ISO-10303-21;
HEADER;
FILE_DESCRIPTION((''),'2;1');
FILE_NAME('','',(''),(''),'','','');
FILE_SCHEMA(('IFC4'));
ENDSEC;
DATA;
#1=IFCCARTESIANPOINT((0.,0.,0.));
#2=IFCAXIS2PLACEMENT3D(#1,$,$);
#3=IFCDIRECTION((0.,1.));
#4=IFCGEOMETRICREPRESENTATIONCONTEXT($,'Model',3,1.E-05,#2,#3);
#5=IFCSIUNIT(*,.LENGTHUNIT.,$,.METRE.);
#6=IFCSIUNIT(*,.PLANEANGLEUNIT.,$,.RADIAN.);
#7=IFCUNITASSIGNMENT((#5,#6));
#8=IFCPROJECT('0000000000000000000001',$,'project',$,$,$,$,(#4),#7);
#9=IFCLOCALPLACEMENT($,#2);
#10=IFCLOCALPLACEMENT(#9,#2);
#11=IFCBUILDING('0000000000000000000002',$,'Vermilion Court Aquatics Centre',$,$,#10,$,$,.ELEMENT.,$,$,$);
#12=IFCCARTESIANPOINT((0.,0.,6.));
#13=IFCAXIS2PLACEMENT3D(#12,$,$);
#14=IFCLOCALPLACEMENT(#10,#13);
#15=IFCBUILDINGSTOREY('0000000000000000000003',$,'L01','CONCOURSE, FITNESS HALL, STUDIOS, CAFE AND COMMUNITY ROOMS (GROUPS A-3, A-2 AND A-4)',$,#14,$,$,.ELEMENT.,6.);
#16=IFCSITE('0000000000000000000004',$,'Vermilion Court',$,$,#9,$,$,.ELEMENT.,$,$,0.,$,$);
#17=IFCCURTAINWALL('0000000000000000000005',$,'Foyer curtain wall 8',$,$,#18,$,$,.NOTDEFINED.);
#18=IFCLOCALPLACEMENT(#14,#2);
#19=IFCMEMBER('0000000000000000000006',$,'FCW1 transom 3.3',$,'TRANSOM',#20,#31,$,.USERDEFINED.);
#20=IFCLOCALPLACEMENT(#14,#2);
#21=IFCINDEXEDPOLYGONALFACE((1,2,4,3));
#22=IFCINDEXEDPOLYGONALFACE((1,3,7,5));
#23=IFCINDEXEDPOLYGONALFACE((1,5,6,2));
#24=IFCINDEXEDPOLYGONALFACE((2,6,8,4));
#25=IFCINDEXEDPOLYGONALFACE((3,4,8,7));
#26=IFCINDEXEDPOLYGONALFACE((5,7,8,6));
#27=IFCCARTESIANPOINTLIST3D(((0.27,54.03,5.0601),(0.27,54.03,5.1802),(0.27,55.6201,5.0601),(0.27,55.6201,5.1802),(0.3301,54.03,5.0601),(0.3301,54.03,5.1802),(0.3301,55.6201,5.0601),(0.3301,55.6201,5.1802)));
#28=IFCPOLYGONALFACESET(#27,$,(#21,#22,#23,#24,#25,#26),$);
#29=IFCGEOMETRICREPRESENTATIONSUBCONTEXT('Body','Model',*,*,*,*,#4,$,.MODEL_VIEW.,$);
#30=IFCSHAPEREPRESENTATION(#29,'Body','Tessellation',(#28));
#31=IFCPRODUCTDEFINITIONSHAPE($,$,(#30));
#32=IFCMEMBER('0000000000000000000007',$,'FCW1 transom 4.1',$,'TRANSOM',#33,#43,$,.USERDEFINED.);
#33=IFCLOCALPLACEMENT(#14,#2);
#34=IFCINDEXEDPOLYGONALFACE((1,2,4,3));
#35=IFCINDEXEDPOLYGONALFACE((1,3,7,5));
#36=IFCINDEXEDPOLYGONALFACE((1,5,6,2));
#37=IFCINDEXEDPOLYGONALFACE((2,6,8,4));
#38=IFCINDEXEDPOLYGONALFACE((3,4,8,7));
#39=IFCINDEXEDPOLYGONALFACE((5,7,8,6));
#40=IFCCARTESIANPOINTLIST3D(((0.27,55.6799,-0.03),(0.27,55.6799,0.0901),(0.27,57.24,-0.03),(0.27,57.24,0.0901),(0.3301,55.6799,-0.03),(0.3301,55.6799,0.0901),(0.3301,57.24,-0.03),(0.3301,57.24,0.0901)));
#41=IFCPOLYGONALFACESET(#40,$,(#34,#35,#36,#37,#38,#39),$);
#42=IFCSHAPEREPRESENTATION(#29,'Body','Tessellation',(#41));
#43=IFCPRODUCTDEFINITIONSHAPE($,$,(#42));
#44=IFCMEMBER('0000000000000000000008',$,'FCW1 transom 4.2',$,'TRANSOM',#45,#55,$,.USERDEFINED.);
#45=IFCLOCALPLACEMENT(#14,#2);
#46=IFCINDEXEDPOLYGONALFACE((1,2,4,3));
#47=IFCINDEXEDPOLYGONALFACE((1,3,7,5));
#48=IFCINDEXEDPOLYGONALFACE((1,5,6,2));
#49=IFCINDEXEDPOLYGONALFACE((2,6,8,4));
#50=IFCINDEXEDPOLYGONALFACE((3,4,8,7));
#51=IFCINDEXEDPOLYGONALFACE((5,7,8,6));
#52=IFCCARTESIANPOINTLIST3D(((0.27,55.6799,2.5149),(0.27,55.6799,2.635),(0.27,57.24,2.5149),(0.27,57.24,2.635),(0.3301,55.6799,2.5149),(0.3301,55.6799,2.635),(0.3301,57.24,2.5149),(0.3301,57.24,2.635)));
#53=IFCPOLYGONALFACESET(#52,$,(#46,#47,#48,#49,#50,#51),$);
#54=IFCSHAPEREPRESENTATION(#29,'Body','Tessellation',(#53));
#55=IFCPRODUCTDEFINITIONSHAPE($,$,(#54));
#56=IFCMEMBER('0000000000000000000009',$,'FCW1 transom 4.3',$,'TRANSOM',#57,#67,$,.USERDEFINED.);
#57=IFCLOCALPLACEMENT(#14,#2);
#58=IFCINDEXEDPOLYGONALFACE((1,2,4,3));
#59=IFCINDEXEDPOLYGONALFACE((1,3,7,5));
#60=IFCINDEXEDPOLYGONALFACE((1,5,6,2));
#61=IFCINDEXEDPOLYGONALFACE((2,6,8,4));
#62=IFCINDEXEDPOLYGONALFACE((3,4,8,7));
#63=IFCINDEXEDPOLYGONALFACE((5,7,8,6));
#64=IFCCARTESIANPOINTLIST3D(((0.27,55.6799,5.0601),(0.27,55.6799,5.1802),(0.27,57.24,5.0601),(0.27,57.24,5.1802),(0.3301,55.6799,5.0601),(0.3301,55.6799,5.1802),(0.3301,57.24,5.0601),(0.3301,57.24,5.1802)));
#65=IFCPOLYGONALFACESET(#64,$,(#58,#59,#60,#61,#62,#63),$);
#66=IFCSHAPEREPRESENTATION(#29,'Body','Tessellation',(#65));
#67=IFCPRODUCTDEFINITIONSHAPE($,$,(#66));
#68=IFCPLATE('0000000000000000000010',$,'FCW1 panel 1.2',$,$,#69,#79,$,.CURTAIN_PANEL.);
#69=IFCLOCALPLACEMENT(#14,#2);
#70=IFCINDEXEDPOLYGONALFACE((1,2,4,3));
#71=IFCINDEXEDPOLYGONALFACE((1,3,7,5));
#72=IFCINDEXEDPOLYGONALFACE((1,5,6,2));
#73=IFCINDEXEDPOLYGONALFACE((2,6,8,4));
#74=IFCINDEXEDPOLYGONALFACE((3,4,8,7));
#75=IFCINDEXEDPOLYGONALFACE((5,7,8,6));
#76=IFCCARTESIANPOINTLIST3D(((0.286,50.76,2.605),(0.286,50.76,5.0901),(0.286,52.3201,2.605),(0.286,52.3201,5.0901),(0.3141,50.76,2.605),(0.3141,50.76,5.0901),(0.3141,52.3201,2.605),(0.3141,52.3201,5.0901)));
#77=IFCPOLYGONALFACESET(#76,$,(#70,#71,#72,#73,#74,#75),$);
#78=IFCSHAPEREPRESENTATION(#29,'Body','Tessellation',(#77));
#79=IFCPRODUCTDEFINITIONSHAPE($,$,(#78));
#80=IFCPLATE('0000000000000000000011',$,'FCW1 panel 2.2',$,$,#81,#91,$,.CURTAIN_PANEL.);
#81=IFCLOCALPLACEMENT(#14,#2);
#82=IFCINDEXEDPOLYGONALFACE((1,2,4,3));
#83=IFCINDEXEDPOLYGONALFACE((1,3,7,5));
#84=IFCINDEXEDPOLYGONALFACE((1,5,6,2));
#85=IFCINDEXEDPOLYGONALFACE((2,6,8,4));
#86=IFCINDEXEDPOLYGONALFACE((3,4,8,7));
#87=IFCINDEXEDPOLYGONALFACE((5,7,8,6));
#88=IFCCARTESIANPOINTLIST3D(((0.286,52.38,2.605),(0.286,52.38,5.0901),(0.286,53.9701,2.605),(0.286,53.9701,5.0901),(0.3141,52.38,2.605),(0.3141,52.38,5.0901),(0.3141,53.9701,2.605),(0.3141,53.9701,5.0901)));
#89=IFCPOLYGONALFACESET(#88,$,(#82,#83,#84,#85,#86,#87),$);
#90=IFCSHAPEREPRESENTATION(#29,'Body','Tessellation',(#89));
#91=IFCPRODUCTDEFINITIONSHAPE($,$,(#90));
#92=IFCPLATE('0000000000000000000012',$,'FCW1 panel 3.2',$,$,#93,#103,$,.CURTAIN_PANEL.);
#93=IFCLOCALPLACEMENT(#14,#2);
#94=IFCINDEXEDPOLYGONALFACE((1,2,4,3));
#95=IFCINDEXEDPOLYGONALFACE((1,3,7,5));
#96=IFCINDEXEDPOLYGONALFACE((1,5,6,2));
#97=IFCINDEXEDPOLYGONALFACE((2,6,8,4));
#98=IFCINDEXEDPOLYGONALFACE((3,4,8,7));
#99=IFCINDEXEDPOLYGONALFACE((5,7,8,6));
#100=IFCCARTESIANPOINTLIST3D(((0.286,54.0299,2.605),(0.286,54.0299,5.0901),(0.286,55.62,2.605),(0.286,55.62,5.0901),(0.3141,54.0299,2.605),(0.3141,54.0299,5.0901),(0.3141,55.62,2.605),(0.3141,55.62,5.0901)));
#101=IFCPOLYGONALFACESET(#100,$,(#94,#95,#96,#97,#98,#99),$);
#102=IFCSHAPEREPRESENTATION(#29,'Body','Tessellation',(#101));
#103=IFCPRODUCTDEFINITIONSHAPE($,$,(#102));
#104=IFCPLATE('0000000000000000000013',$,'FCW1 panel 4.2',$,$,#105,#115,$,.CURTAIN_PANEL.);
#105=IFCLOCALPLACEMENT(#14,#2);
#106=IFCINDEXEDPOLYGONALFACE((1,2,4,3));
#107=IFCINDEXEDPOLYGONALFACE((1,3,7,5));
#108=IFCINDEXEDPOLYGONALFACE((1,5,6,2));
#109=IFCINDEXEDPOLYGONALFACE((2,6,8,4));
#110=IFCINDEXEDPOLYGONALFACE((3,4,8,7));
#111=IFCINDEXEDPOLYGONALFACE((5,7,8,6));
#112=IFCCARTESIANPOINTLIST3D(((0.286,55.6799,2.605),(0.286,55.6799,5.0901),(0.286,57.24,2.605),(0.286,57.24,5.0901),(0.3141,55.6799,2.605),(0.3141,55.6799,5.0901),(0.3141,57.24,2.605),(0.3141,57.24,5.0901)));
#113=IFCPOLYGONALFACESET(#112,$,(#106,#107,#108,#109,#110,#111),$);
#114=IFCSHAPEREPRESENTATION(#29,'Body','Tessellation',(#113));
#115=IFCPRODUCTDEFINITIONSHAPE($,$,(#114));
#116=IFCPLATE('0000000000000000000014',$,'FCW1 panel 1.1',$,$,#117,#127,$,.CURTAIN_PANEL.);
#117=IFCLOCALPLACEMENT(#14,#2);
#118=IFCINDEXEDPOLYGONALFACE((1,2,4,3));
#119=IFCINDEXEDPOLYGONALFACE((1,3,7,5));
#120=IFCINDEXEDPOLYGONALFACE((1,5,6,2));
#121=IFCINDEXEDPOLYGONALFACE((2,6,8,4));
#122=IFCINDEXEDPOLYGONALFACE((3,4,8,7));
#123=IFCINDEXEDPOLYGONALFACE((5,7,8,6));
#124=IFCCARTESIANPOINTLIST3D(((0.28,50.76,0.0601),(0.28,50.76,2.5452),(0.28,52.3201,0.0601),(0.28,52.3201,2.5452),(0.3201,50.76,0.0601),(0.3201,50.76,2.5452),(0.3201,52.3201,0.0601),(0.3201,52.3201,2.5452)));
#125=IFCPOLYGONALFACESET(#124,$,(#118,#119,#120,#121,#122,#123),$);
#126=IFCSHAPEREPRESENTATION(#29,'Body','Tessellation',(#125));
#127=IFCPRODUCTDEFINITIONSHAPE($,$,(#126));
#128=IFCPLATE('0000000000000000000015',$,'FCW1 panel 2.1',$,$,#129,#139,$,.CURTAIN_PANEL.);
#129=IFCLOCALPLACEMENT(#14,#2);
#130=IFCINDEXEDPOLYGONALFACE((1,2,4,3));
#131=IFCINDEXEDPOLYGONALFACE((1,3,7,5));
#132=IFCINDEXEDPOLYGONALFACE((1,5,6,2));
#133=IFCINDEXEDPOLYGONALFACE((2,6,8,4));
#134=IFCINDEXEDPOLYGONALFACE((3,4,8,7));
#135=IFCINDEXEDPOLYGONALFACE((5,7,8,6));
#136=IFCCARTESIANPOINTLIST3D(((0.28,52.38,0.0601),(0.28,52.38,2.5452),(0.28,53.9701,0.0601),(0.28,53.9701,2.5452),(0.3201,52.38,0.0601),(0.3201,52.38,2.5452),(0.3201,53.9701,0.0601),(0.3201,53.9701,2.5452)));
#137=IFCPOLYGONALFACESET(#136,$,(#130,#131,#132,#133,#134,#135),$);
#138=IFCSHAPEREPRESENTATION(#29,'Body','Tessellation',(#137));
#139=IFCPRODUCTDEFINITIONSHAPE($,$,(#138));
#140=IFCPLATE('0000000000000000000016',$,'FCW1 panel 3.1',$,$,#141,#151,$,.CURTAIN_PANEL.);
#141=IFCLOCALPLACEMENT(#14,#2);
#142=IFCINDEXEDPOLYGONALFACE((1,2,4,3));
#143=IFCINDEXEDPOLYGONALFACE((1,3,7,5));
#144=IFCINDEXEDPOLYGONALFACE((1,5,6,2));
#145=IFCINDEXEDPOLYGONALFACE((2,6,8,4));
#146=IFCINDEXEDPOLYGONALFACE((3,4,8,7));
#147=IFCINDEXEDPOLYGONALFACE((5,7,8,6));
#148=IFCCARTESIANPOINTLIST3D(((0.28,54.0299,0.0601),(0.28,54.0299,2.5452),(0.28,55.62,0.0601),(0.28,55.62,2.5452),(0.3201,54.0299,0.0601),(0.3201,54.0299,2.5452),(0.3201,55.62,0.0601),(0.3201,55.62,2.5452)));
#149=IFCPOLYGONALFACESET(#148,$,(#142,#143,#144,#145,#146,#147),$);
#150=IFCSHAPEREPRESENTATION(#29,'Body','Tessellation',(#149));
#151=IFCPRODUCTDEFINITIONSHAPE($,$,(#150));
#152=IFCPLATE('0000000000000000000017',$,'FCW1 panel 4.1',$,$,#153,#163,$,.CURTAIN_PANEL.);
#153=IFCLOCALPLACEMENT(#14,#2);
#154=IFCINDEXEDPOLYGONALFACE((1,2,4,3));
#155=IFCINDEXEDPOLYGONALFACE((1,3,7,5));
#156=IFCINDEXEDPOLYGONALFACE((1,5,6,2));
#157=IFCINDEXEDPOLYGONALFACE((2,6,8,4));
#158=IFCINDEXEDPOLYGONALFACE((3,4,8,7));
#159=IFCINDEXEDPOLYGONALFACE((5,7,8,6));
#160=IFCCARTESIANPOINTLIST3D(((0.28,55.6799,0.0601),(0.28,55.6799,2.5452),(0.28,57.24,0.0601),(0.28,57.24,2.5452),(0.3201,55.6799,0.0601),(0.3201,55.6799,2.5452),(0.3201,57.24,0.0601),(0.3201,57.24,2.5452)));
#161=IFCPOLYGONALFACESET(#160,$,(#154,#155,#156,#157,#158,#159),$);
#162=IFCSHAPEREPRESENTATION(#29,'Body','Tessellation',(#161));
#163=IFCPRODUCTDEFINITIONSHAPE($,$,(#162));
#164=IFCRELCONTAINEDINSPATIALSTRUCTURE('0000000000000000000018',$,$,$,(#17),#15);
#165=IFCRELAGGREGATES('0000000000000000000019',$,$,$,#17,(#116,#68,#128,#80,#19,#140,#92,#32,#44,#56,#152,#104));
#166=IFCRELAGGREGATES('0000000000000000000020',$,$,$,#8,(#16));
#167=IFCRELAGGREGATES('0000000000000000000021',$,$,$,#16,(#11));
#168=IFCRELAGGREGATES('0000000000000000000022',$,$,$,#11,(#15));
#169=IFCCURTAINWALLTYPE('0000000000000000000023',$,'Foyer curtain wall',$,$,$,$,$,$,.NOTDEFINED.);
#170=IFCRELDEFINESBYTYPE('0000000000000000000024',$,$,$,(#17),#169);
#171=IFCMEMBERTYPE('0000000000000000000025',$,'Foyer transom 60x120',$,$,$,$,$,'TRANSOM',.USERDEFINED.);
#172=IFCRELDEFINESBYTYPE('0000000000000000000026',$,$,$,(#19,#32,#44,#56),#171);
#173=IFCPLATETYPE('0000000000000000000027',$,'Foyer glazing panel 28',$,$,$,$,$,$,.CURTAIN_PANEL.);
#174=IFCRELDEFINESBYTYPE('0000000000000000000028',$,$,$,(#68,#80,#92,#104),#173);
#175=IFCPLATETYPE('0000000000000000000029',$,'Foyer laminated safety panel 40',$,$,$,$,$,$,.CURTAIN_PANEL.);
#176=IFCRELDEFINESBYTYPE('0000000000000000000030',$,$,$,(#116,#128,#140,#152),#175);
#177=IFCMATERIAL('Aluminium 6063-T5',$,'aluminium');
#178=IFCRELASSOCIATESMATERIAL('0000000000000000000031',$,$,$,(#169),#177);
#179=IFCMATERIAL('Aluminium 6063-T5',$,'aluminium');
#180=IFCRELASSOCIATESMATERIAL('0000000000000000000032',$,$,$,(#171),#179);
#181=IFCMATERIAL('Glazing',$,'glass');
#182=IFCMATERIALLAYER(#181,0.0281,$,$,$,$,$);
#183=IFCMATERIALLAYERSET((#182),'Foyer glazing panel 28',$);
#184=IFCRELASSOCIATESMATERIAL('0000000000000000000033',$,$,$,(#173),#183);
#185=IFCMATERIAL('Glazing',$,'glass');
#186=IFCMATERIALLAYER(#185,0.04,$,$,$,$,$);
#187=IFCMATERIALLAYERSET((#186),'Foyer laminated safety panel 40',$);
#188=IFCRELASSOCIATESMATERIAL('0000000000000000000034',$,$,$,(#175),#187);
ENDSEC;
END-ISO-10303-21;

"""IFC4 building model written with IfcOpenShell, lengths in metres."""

from ifc_helpers import new_model, si_unit, direction, frame, origin, origin_2d, place, context, subcontext, project, spatial, rectangle, extrude, material, layer, layer_set, material_profile, profile_set, type_object, element, aggregate, save


model = new_model("IFC4")

# Units and contexts
model_context = context("Model", 3, precision=1e-05, world=origin(), true_north=direction((0.0, 1.0)))
body_context = subcontext(model_context, "Body", "Model", "MODEL_VIEW")
ifc_project = project(units=[si_unit("LENGTHUNIT", "METRE"), si_unit("PLANEANGLEUNIT", "RADIAN")], contexts=[model_context])

# Site, building, storey
site_placement = place(None, origin())
site = spatial("IfcSite", under=ifc_project, at=site_placement, Name="Vermilion Court", CompositionType="ELEMENT", RefElevation=0.0)
building_placement = place(site_placement, origin())
building = spatial("IfcBuilding", under=site, at=building_placement, Name="Vermilion Court Aquatics Centre", CompositionType="ELEMENT")
storey_placement = place(building_placement, frame((0.0, 0.0, 6.0)))
storey = spatial("IfcBuildingStorey", under=building, at=storey_placement, Name="L01", Description="CONCOURSE, FITNESS HALL, STUDIOS, CAFE AND COMMUNITY ROOMS (GROUPS A-3, A-2 AND A-4)", CompositionType="ELEMENT", Elevation=6.0)

# Curtain wall, members, plates
ifc_material_1 = material(Name="Aluminium 6063-T5", Category="aluminium")
curtain_wall_type = type_object("IfcCurtainWallType", Name="Foyer curtain wall", PredefinedType="NOTDEFINED", material=ifc_material_1)
curtain_wall_placement = place(storey_placement, origin())
curtain_wall = element("IfcCurtainWall", 1, at=curtain_wall_placement, inside=storey, type_object=curtain_wall_type, Name="Foyer curtain wall 8", PredefinedType="NOTDEFINED")
ifc_material_2 = material(Name="Aluminium 6063-T5", Category="aluminium")
ifc_material_profile_1 = material_profile(ifc_material_2, rectangle(XDim=0.0601, YDim=0.1201, at=origin_2d()), Name="Aluminium 60x120")
ifc_profile_set_1 = profile_set([ifc_material_profile_1], Name="Aluminium 6063-T5")
member_type_1 = type_object("IfcMemberType", Name="Foyer transom 60x120", ElementType="TRANSOM", PredefinedType="USERDEFINED", material=ifc_profile_set_1)
member_1_placement = place(storey_placement, frame((0.3, 54.03, 5.1201), z_axis=(0.0, 1.0, 0.0), x_axis=(-1.0, 0.0, 0.0)))
member_1 = element("IfcMember", 2, at=member_1_placement, type_object=member_type_1, Name="FCW1 transom 3.3", ObjectType="TRANSOM", PredefinedType="USERDEFINED", context=body_context, shape_type="SweptSolid", body=[
    extrude(rectangle(XDim=0.0601, YDim=0.1201, at=origin_2d()), origin(), (0.0, 0.0, 1.0), 1.5901),
])
member_2_placement = place(storey_placement, frame((0.3, 55.6799, 0.03), z_axis=(0.0, 1.0, 0.0), x_axis=(-1.0, 0.0, 0.0)))
member_2 = element("IfcMember", 3, at=member_2_placement, type_object=member_type_1, Name="FCW1 transom 4.1", ObjectType="TRANSOM", PredefinedType="USERDEFINED", context=body_context, shape_type="SweptSolid", body=[
    extrude(rectangle(XDim=0.0601, YDim=0.1201, at=origin_2d()), origin(), (0.0, 0.0, 1.0), 1.5601),
])
member_3_placement = place(storey_placement, frame((0.3, 55.6799, 2.575), z_axis=(0.0, 1.0, 0.0), x_axis=(-1.0, 0.0, 0.0)))
member_3 = element("IfcMember", 4, at=member_3_placement, type_object=member_type_1, Name="FCW1 transom 4.2", ObjectType="TRANSOM", PredefinedType="USERDEFINED", context=body_context, shape_type="SweptSolid", body=[
    extrude(rectangle(XDim=0.0601, YDim=0.1201, at=origin_2d()), origin(), (0.0, 0.0, 1.0), 1.5601),
])
member_4_placement = place(storey_placement, frame((0.3, 55.6799, 5.1201), z_axis=(0.0, 1.0, 0.0), x_axis=(-1.0, 0.0, 0.0)))
member_4 = element("IfcMember", 5, at=member_4_placement, type_object=member_type_1, Name="FCW1 transom 4.3", ObjectType="TRANSOM", PredefinedType="USERDEFINED", context=body_context, shape_type="SweptSolid", body=[
    extrude(rectangle(XDim=0.0601, YDim=0.1201, at=origin_2d()), origin(), (0.0, 0.0, 1.0), 1.5601),
])
ifc_material_3 = material(Name="Glazing", Category="glass")
ifc_layer_1 = layer(ifc_material_3, 0.0281)
ifc_layer_set_1 = layer_set([ifc_layer_1], Name="Foyer glazing panel 28")
plate_type_1 = type_object("IfcPlateType", Name="Foyer glazing panel 28", PredefinedType="CURTAIN_PANEL", material=ifc_layer_set_1)
plate_1_placement = place(storey_placement, frame((0.3, 51.54, 2.605), z_axis=(0.0, 0.0, 1.0), x_axis=(0.0, 1.0, 0.0)))
plate_1 = element("IfcPlate", 6, at=plate_1_placement, type_object=plate_type_1, Name="FCW1 panel 1.2", PredefinedType="CURTAIN_PANEL", context=body_context, shape_type="SweptSolid", body=[
    extrude(rectangle(XDim=1.5601, YDim=0.0281, at=origin_2d()), origin(), (0.0, 0.0, 1.0), 2.4851),
])
plate_2_placement = place(storey_placement, frame((0.3, 53.175, 2.605), z_axis=(0.0, 0.0, 1.0), x_axis=(0.0, 1.0, 0.0)))
plate_2 = element("IfcPlate", 7, at=plate_2_placement, type_object=plate_type_1, Name="FCW1 panel 2.2", PredefinedType="CURTAIN_PANEL", context=body_context, shape_type="SweptSolid", body=[
    extrude(rectangle(XDim=1.5901, YDim=0.0281, at=origin_2d()), origin(), (0.0, 0.0, 1.0), 2.4851),
])
plate_3_placement = place(storey_placement, frame((0.3, 54.825, 2.605), z_axis=(0.0, 0.0, 1.0), x_axis=(0.0, 1.0, 0.0)))
plate_3 = element("IfcPlate", 8, at=plate_3_placement, type_object=plate_type_1, Name="FCW1 panel 3.2", PredefinedType="CURTAIN_PANEL", context=body_context, shape_type="SweptSolid", body=[
    extrude(rectangle(XDim=1.5901, YDim=0.0281, at=origin_2d()), origin(), (0.0, 0.0, 1.0), 2.4851),
])
plate_4_placement = place(storey_placement, frame((0.3, 56.46, 2.605), z_axis=(0.0, 0.0, 1.0), x_axis=(0.0, 1.0, 0.0)))
plate_4 = element("IfcPlate", 9, at=plate_4_placement, type_object=plate_type_1, Name="FCW1 panel 4.2", PredefinedType="CURTAIN_PANEL", context=body_context, shape_type="SweptSolid", body=[
    extrude(rectangle(XDim=1.5601, YDim=0.0281, at=origin_2d()), origin(), (0.0, 0.0, 1.0), 2.4851),
])
ifc_material_4 = material(Name="Glazing", Category="glass")
ifc_layer_2 = layer(ifc_material_4, 0.04)
ifc_layer_set_2 = layer_set([ifc_layer_2], Name="Foyer laminated safety panel 40")
plate_type_2 = type_object("IfcPlateType", Name="Foyer laminated safety panel 40", PredefinedType="CURTAIN_PANEL", material=ifc_layer_set_2)
plate_5_placement = place(storey_placement, frame((0.3, 51.54, 0.0601), z_axis=(0.0, 0.0, 1.0), x_axis=(0.0, 1.0, 0.0)))
plate_5 = element("IfcPlate", 10, at=plate_5_placement, type_object=plate_type_2, Name="FCW1 panel 1.1", PredefinedType="CURTAIN_PANEL", context=body_context, shape_type="SweptSolid", body=[
    extrude(rectangle(XDim=1.5601, YDim=0.04, at=origin_2d()), origin(), (0.0, 0.0, 1.0), 2.4851),
])
plate_6_placement = place(storey_placement, frame((0.3, 53.175, 0.0601), z_axis=(0.0, 0.0, 1.0), x_axis=(0.0, 1.0, 0.0)))
plate_6 = element("IfcPlate", 11, at=plate_6_placement, type_object=plate_type_2, Name="FCW1 panel 2.1", PredefinedType="CURTAIN_PANEL", context=body_context, shape_type="SweptSolid", body=[
    extrude(rectangle(XDim=1.5901, YDim=0.04, at=origin_2d()), origin(), (0.0, 0.0, 1.0), 2.4851),
])
plate_7_placement = place(storey_placement, frame((0.3, 54.825, 0.0601), z_axis=(0.0, 0.0, 1.0), x_axis=(0.0, 1.0, 0.0)))
plate_7 = element("IfcPlate", 12, at=plate_7_placement, type_object=plate_type_2, Name="FCW1 panel 3.1", PredefinedType="CURTAIN_PANEL", context=body_context, shape_type="SweptSolid", body=[
    extrude(rectangle(XDim=1.5901, YDim=0.04, at=origin_2d()), origin(), (0.0, 0.0, 1.0), 2.4851),
])
plate_8_placement = place(storey_placement, frame((0.3, 56.46, 0.0601), z_axis=(0.0, 0.0, 1.0), x_axis=(0.0, 1.0, 0.0)))
plate_8 = element("IfcPlate", 13, at=plate_8_placement, type_object=plate_type_2, Name="FCW1 panel 4.1", PredefinedType="CURTAIN_PANEL", context=body_context, shape_type="SweptSolid", body=[
    extrude(rectangle(XDim=1.5601, YDim=0.04, at=origin_2d()), origin(), (0.0, 0.0, 1.0), 2.4851),
])
aggregate(curtain_wall, [plate_5, plate_1, plate_6, plate_2, member_1, plate_7, plate_3, member_2, member_3, member_4, plate_8, plate_4])

save(model, "model.ifc")
